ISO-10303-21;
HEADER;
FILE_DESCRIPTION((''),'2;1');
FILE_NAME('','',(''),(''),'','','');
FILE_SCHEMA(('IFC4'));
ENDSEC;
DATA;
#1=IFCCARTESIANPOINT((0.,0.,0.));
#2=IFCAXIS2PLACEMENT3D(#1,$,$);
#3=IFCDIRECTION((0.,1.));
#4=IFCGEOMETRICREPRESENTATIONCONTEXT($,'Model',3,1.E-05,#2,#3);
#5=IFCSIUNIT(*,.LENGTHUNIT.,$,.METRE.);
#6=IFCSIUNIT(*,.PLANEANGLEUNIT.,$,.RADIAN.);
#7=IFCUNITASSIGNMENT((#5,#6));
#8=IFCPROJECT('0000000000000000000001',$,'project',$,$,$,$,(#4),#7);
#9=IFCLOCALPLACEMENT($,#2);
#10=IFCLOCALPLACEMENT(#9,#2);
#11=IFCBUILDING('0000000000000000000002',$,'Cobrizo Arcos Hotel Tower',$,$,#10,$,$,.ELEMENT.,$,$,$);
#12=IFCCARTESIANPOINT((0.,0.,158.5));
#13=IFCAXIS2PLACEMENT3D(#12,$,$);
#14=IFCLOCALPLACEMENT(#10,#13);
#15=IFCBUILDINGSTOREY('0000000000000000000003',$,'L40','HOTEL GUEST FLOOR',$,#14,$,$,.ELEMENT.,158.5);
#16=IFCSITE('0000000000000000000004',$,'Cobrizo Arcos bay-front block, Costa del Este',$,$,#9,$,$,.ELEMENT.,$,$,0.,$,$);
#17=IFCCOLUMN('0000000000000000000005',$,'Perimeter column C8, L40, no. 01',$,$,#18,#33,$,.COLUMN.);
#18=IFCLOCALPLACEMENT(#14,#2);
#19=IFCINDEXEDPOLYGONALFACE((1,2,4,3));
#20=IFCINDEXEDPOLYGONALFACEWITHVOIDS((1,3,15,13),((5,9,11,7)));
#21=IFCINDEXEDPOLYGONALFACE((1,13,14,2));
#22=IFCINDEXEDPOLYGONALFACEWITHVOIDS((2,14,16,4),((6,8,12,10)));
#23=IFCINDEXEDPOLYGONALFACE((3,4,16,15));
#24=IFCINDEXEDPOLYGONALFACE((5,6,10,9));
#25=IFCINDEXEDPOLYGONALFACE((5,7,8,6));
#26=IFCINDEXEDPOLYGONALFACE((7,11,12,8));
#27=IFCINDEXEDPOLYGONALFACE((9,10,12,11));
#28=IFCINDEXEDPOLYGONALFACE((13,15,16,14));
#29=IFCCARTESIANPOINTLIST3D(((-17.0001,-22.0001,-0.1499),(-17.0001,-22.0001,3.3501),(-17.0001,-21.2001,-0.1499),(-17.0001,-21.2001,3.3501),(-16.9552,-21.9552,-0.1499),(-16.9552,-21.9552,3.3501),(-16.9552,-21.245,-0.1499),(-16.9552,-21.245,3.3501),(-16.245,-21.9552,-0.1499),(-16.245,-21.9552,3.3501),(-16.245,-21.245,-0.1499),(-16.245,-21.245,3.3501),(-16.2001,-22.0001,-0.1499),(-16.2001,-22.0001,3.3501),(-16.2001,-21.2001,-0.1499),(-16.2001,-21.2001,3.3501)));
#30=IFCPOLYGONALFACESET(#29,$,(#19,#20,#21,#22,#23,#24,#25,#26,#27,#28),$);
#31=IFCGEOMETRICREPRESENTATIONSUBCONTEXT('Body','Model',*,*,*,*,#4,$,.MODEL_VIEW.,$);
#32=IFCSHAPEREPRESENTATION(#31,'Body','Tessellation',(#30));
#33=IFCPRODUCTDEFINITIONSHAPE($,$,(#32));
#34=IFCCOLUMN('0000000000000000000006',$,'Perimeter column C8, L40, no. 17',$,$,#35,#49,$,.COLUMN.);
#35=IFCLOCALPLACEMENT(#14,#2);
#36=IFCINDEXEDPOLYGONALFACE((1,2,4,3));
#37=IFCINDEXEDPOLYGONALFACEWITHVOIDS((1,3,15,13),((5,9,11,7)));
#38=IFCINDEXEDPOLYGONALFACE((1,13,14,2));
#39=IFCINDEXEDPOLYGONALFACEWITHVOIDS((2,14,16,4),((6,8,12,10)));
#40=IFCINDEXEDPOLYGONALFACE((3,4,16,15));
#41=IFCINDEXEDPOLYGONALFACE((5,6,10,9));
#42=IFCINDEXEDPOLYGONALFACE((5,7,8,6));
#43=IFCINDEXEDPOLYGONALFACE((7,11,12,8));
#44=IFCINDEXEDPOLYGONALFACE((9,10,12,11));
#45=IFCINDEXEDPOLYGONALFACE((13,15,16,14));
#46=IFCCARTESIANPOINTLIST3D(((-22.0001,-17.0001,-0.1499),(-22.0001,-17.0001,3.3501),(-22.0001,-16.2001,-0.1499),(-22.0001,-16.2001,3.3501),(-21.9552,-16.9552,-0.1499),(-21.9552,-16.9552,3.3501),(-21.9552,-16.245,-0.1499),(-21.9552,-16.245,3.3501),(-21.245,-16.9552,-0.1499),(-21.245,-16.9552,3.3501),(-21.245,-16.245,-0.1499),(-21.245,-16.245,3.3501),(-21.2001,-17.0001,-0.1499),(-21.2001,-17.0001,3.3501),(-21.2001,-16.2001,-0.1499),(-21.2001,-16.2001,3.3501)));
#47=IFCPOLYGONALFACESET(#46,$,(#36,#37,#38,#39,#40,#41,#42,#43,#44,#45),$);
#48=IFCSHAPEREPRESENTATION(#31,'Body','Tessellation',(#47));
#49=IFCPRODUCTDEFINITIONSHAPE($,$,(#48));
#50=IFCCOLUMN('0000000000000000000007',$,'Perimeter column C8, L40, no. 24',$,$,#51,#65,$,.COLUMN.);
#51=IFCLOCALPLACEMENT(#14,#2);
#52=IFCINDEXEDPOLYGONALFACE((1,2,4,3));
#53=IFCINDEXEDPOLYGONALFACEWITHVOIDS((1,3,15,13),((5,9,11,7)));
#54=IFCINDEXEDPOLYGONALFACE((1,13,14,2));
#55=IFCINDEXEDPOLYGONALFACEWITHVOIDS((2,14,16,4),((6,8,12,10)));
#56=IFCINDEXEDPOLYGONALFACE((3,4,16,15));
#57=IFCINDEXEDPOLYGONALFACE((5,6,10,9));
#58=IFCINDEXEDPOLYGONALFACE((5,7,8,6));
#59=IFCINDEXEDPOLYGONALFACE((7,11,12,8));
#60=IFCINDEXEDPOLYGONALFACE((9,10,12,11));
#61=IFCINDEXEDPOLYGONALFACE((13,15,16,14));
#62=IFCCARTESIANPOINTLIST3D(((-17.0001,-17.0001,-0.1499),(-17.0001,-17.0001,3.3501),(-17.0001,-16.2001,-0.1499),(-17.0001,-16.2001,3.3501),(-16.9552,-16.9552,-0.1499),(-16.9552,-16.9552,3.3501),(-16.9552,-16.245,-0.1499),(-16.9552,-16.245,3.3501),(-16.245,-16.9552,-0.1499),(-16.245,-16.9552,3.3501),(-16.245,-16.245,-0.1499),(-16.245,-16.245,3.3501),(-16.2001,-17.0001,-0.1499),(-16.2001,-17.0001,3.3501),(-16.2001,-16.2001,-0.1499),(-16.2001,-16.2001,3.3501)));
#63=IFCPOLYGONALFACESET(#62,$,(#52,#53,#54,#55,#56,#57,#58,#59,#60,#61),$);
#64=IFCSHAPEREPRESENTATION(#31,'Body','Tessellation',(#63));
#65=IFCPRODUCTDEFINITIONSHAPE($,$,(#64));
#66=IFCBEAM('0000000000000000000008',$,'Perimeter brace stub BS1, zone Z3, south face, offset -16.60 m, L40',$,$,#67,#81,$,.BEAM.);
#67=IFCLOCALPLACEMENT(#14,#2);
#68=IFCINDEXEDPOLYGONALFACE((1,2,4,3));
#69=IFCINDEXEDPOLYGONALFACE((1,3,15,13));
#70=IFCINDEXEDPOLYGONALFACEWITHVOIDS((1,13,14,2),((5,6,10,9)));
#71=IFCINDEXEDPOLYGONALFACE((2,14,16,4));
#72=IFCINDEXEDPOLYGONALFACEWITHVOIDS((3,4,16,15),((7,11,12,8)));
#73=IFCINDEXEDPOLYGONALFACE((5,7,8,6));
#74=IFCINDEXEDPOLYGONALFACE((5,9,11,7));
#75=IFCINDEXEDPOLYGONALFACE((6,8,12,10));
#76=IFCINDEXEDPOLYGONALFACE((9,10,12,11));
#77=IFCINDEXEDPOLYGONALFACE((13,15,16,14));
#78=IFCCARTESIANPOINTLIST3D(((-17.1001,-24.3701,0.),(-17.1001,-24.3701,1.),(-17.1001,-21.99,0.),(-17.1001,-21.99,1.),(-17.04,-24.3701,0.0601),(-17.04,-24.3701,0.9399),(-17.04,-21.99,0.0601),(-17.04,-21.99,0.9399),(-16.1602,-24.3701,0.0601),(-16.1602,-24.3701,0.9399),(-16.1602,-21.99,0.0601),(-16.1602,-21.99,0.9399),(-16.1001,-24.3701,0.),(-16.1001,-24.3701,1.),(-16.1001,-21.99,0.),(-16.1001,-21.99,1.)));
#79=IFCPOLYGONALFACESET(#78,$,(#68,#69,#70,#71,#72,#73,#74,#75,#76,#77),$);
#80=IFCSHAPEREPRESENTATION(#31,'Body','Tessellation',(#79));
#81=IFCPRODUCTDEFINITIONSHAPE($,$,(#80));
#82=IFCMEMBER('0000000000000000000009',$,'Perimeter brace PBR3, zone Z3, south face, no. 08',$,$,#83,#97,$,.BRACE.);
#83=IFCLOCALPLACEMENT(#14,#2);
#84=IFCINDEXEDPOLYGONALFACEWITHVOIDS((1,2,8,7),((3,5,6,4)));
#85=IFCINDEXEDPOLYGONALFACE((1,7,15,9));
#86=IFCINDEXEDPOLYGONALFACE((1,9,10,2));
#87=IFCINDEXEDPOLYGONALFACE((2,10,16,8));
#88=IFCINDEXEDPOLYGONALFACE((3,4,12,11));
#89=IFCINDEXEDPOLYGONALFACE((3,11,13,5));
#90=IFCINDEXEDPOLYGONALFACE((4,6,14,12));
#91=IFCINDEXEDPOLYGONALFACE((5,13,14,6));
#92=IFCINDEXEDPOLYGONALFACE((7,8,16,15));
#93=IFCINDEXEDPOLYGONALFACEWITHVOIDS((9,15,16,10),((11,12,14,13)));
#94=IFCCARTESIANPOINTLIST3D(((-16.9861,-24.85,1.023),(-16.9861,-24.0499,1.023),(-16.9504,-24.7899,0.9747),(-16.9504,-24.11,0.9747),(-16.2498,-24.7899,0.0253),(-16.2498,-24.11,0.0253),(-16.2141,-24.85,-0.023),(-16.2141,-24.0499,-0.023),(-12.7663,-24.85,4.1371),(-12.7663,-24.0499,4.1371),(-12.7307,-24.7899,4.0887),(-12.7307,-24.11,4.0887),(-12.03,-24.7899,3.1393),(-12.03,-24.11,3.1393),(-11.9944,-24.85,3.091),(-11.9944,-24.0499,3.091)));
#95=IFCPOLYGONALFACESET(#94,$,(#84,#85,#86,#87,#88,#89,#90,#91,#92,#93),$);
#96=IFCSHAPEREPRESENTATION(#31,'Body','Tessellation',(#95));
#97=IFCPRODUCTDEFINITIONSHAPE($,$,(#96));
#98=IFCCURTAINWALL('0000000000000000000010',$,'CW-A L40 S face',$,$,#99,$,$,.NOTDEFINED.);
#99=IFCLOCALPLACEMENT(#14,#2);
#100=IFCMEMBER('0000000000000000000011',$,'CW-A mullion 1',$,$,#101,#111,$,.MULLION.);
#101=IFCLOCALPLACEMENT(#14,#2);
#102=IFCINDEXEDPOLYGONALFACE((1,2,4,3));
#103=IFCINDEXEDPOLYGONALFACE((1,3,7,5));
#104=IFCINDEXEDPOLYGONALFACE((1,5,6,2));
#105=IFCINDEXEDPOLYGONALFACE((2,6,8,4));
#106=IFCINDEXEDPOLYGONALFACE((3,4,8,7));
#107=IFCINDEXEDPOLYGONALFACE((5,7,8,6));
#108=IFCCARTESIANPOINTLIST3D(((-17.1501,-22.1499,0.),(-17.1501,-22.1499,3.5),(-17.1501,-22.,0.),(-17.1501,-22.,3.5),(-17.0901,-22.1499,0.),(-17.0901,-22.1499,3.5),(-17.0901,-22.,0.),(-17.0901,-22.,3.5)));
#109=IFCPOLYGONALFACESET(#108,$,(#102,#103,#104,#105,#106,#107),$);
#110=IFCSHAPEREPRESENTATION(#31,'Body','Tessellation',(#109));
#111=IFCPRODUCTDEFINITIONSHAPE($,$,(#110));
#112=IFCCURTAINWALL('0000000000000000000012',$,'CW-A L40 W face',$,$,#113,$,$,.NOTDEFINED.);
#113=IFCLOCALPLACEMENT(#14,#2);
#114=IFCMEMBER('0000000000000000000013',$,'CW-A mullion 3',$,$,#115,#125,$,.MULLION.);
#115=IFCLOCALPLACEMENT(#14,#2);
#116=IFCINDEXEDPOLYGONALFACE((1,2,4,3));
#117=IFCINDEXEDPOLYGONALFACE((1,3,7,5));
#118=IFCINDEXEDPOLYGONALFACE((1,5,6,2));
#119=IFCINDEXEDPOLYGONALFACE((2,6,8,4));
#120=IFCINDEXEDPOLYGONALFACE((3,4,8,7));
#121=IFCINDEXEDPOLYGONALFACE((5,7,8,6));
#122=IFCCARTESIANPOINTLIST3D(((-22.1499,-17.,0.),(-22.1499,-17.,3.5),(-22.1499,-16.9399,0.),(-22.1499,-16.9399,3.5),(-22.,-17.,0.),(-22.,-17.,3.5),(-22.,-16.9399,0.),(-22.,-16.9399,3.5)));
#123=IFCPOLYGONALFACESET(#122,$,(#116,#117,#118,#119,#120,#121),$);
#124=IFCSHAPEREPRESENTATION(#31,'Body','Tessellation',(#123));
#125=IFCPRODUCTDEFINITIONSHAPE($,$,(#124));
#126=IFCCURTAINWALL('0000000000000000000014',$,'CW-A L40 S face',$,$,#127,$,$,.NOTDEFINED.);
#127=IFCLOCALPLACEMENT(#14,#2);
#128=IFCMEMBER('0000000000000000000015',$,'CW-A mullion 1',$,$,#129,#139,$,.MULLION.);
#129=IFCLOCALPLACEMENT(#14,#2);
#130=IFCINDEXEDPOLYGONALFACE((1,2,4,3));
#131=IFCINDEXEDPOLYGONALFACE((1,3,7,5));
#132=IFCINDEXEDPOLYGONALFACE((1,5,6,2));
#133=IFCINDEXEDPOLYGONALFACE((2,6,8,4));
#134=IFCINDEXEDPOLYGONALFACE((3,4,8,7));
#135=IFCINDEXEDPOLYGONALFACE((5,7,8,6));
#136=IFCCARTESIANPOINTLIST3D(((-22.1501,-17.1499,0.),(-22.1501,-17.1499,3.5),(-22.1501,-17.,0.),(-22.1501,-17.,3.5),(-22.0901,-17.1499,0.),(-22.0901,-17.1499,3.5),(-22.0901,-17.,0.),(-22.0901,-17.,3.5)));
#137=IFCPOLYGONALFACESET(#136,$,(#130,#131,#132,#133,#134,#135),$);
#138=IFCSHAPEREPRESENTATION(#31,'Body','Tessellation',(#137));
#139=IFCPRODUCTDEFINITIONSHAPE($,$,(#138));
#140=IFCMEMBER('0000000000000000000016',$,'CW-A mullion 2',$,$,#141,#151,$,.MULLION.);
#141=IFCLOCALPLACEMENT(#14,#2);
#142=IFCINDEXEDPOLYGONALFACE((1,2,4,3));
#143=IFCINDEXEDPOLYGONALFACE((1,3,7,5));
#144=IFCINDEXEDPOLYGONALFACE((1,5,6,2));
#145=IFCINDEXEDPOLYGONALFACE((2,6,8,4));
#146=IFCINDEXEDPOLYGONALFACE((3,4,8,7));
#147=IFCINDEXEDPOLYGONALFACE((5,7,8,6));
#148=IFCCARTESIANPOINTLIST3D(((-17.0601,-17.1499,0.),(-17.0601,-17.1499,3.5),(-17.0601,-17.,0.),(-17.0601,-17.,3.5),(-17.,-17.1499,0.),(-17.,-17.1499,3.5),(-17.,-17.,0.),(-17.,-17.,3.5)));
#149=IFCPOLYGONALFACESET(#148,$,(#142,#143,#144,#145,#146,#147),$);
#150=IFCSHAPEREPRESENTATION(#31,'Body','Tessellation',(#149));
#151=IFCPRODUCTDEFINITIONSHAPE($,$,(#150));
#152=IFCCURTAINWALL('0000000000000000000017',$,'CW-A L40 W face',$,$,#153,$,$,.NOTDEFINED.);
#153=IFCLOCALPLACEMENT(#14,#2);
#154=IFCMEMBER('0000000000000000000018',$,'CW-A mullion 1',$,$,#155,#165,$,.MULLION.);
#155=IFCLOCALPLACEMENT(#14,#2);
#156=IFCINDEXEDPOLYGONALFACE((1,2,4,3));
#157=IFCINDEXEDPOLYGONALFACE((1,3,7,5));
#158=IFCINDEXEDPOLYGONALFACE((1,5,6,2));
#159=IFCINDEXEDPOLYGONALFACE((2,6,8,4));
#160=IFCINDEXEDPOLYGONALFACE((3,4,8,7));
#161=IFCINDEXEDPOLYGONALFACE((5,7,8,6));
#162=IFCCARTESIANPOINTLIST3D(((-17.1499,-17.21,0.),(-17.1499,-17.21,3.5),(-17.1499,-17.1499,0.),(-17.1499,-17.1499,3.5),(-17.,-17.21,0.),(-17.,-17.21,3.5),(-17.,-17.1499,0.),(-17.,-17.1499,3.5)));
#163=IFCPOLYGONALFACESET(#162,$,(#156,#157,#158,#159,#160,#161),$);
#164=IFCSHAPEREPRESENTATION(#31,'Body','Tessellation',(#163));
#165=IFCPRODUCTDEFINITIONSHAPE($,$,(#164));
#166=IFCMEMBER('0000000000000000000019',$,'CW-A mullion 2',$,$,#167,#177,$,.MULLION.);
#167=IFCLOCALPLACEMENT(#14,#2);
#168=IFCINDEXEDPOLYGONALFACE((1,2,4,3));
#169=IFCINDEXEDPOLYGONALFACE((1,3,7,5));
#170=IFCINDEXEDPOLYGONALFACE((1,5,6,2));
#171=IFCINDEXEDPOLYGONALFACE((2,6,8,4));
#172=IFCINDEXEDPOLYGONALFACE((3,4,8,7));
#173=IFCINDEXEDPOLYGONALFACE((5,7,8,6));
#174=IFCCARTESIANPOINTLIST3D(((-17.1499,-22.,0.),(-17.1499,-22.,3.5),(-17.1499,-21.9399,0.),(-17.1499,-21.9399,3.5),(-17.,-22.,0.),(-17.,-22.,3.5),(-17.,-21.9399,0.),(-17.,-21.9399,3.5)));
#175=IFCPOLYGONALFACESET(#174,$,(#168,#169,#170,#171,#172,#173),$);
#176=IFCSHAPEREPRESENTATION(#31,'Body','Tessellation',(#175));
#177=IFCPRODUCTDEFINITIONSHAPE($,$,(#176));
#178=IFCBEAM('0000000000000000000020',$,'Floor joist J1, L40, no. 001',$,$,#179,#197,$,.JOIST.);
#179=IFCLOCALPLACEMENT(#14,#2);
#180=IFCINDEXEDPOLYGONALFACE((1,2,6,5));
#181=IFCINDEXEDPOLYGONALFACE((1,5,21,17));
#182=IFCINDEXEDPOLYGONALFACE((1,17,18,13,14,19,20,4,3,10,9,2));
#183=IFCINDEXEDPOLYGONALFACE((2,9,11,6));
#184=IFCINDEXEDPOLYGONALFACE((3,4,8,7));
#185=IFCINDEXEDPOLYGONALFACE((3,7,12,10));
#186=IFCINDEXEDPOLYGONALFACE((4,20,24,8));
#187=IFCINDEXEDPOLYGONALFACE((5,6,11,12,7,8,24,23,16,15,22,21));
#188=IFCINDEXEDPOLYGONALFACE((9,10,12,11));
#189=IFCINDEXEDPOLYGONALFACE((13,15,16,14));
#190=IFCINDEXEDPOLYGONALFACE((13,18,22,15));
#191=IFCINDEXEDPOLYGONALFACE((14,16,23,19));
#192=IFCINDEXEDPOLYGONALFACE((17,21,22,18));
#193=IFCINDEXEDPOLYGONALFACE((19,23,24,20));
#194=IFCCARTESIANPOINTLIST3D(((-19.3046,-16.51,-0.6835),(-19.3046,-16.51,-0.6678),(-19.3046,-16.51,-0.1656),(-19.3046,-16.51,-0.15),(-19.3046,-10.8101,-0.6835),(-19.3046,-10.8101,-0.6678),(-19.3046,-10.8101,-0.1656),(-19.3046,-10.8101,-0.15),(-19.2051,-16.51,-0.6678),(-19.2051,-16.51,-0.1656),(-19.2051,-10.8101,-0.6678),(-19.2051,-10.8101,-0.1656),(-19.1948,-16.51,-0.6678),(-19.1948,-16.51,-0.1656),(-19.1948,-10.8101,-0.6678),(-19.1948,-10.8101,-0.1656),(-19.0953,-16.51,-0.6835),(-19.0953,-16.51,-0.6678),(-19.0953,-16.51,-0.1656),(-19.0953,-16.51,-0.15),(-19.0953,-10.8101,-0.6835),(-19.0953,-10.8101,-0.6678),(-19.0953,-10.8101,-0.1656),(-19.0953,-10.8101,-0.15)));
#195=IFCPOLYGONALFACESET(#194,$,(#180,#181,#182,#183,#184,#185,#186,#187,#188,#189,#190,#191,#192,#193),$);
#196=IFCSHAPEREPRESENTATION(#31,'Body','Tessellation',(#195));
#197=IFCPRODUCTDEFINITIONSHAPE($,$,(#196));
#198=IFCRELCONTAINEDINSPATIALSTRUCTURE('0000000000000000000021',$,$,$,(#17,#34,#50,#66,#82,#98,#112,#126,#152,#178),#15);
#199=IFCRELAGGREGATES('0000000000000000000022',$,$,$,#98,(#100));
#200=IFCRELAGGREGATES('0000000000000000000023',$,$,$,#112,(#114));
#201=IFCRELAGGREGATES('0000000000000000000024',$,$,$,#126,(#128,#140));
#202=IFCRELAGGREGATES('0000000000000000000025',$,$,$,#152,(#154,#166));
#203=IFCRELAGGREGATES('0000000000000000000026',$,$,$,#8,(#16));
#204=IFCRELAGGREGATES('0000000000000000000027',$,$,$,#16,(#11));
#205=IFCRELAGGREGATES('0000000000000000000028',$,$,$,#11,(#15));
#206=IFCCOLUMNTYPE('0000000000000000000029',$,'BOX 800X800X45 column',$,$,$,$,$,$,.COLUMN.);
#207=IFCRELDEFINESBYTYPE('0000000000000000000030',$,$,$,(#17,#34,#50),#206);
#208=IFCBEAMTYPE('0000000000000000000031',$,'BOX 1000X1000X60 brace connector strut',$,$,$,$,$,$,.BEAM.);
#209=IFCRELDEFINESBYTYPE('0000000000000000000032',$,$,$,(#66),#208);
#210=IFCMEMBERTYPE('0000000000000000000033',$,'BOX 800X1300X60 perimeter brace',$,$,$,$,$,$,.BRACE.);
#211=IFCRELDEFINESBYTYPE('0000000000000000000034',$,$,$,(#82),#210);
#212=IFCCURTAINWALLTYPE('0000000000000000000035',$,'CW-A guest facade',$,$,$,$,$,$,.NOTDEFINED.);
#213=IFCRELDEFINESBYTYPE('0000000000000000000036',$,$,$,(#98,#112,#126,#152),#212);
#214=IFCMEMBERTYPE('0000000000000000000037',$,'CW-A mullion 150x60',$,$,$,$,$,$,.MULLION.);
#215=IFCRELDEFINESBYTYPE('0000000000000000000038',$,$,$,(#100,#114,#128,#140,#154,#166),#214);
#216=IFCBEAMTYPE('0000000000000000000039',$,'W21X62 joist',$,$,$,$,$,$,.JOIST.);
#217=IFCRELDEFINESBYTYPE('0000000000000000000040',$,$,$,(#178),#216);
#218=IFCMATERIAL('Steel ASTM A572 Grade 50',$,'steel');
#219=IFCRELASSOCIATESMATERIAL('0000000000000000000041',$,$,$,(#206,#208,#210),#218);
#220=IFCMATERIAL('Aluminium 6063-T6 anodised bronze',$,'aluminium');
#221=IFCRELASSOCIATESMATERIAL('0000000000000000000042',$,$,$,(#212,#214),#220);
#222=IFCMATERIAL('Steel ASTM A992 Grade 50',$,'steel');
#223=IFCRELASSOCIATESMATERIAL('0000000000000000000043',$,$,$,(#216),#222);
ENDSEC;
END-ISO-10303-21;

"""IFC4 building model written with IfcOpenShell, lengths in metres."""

from ifc_helpers import new_model, si_unit, direction, frame, origin, origin_2d, place, context, subcontext, project, spatial, rectangle, hollow_rectangle, i_section, extrude, material, material_profile, profile_set, type_object, element, aggregate, save


model = new_model("IFC4")

# Units and contexts
model_context = context("Model", 3, precision=1e-05, world=origin(), true_north=direction((0.0, 1.0)))
body_context = subcontext(model_context, "Body", "Model", "MODEL_VIEW")
ifc_project = project(units=[si_unit("LENGTHUNIT", "METRE"), si_unit("PLANEANGLEUNIT", "RADIAN")], contexts=[model_context])

# Site, building, storey
site_placement = place(None, origin())
site = spatial("IfcSite", under=ifc_project, at=site_placement, Name="Cobrizo Arcos bay-front block, Costa del Este", CompositionType="ELEMENT", RefElevation=0.0)
building_placement = place(site_placement, origin())
building = spatial("IfcBuilding", under=site, at=building_placement, Name="Cobrizo Arcos Hotel Tower", CompositionType="ELEMENT")
storey_placement = place(building_placement, frame((0.0, 0.0, 158.5)))
storey = spatial("IfcBuildingStorey", under=building, at=storey_placement, Name="L40", Description="HOTEL GUEST FLOOR", CompositionType="ELEMENT", Elevation=158.5)

# Columns
ifc_material_1 = material(Name="Steel ASTM A572 Grade 50", Category="steel")
ifc_material_profile_1 = material_profile(ifc_material_1, hollow_rectangle(XDim=0.8, YDim=0.8, WallThickness=0.0449, at=origin_2d()), Name="BOX 800X800X45")
ifc_profile_set_1 = profile_set([ifc_material_profile_1], Name="Steel ASTM A572 Grade 50")
column_type = type_object("IfcColumnType", Name="BOX 800X800X45 column", PredefinedType="COLUMN", material=ifc_profile_set_1)
for number, where, z_axis, x_axis, name in (
    (1, (-16.6001, -21.6001, -0.1499), (0.0, 0.0, 1.0), (1.0, 0.0, 0.0), "Perimeter column C8, L40, no. 01"),
    (2, (-21.6001, -16.6001, -0.1499), (0.0, 0.0, 1.0), (1.0, 0.0, 0.0), "Perimeter column C8, L40, no. 17"),
    (3, (-16.6001, -16.6001, -0.1499), (0.0, 0.0, 1.0), (1.0, 0.0, 0.0), "Perimeter column C8, L40, no. 24"),
):
    element("IfcColumn", number, at=place(storey_placement, frame(where, z_axis=z_axis, x_axis=x_axis)), inside=storey, type_object=column_type, Name=name, PredefinedType="COLUMN", context=body_context, shape_type="SweptSolid", body=[
        extrude(hollow_rectangle(XDim=0.8, YDim=0.8, WallThickness=0.0449, at=origin_2d()), origin(), (0.0, 0.0, 1.0), 3.5),
    ])

# Beam
ifc_material_profile_2 = material_profile(ifc_material_1, hollow_rectangle(XDim=1.0, YDim=1.0, WallThickness=0.0601, at=origin_2d()), Name="BOX 1000X1000X60")
ifc_profile_set_2 = profile_set([ifc_material_profile_2], Name="Steel ASTM A572 Grade 50")
beam_type_1 = type_object("IfcBeamType", Name="BOX 1000X1000X60 brace connector strut", PredefinedType="BEAM", material=ifc_profile_set_2)
beam_1_placement = place(storey_placement, frame((-16.6001, -21.99, 0.5), z_axis=(0.0, -1.0, 0.0), x_axis=(1.0, 0.0, 0.0)))
element("IfcBeam", 4, at=beam_1_placement, inside=storey, type_object=beam_type_1, Name="Perimeter brace stub BS1, zone Z3, south face, offset -16.60 m, L40", PredefinedType="BEAM", context=body_context, shape_type="SweptSolid", body=[
    extrude(hollow_rectangle(XDim=1.0, YDim=1.0, WallThickness=0.0601, at=origin_2d()), origin(), (0.0, 0.0, 1.0), 2.3801),
])

# Member
ifc_material_profile_3 = material_profile(ifc_material_1, hollow_rectangle(XDim=0.8, YDim=1.3, WallThickness=0.0601, at=origin_2d()), Name="BOX 800X1300X60")
ifc_profile_set_3 = profile_set([ifc_material_profile_3], Name="Steel ASTM A572 Grade 50")
member_type_1 = type_object("IfcMemberType", Name="BOX 800X1300X60 perimeter brace", PredefinedType="BRACE", material=ifc_profile_set_3)
member_1_placement = place(storey_placement, frame((-16.6001, -24.45, 0.5), z_axis=(0.804624, 0.0, 0.593785), x_axis=(0.0, 1.0, 0.0)))
element("IfcMember", 5, at=member_1_placement, inside=storey, type_object=member_type_1, Name="Perimeter brace PBR3, zone Z3, south face, no. 08", PredefinedType="BRACE", context=body_context, shape_type="SweptSolid", body=[
    extrude(hollow_rectangle(XDim=0.8, YDim=1.3, WallThickness=0.0601, at=origin_2d()), origin(), (0.0, 0.0, 1.0), 5.2444),
])

# Curtain walls, members
ifc_material_2 = material(Name="Aluminium 6063-T6 anodised bronze", Category="aluminium")
curtain_wall_type = type_object("IfcCurtainWallType", Name="CW-A guest facade", PredefinedType="NOTDEFINED", material=ifc_material_2)
curtain_wall_1_placement = place(storey_placement, origin())
curtain_wall_1 = element("IfcCurtainWall", 6, at=curtain_wall_1_placement, inside=storey, type_object=curtain_wall_type, Name="CW-A L40 S face", PredefinedType="NOTDEFINED")
ifc_material_profile_4 = material_profile(ifc_material_2, rectangle(XDim=0.1499, YDim=0.0601, at=origin_2d()), Name="CW-A mullion 150x60")
ifc_profile_set_4 = profile_set([ifc_material_profile_4], Name="Aluminium 6063-T6 anodised bronze")
member_type_2 = type_object("IfcMemberType", Name="CW-A mullion 150x60", PredefinedType="MULLION", material=ifc_profile_set_4)
member_2_placement = place(storey_placement, frame((-17.1201, -22.075, 0.0), z_axis=(0.0, 0.0, 1.0), x_axis=(0.0, -1.0, 0.0)))
member_2 = element("IfcMember", 7, at=member_2_placement, type_object=member_type_2, Name="CW-A mullion 1", PredefinedType="MULLION", context=body_context, shape_type="SweptSolid", body=[
    extrude(rectangle(XDim=0.1499, YDim=0.0601, at=origin_2d()), origin(), (0.0, 0.0, 1.0), 3.5),
])
curtain_wall_2_placement = place(storey_placement, origin())
curtain_wall_2 = element("IfcCurtainWall", 8, at=curtain_wall_2_placement, inside=storey, type_object=curtain_wall_type, Name="CW-A L40 W face", PredefinedType="NOTDEFINED")
member_3_placement = place(storey_placement, frame((-22.075, -16.97, 0.0), z_axis=(0.0, 0.0, 1.0), x_axis=(-1.0, 0.0, 0.0)))
member_3 = element("IfcMember", 9, at=member_3_placement, type_object=member_type_2, Name="CW-A mullion 3", PredefinedType="MULLION", context=body_context, shape_type="SweptSolid", body=[
    extrude(rectangle(XDim=0.1499, YDim=0.0601, at=origin_2d()), origin(), (0.0, 0.0, 1.0), 3.5),
])

# Curtain walls, members
curtain_wall_3_placement = place(storey_placement, origin())
curtain_wall_3 = element("IfcCurtainWall", 10, at=curtain_wall_3_placement, inside=storey, type_object=curtain_wall_type, Name="CW-A L40 S face", PredefinedType="NOTDEFINED")
member_4_placement = place(storey_placement, frame((-22.1201, -17.075, 0.0), z_axis=(0.0, 0.0, 1.0), x_axis=(0.0, -1.0, 0.0)))
member_4 = element("IfcMember", 11, at=member_4_placement, type_object=member_type_2, Name="CW-A mullion 1", PredefinedType="MULLION", context=body_context, shape_type="SweptSolid", body=[
    extrude(rectangle(XDim=0.1499, YDim=0.0601, at=origin_2d()), origin(), (0.0, 0.0, 1.0), 3.5),
])
member_5_placement = place(storey_placement, frame((-17.03, -17.075, 0.0), z_axis=(0.0, 0.0, 1.0), x_axis=(0.0, -1.0, 0.0)))
member_5 = element("IfcMember", 12, at=member_5_placement, type_object=member_type_2, Name="CW-A mullion 2", PredefinedType="MULLION", context=body_context, shape_type="SweptSolid", body=[
    extrude(rectangle(XDim=0.1499, YDim=0.0601, at=origin_2d()), origin(), (0.0, 0.0, 1.0), 3.5),
])
curtain_wall_4_placement = place(storey_placement, origin())
curtain_wall_4 = element("IfcCurtainWall", 13, at=curtain_wall_4_placement, inside=storey, type_object=curtain_wall_type, Name="CW-A L40 W face", PredefinedType="NOTDEFINED")
member_6_placement = place(storey_placement, frame((-17.075, -17.1799, 0.0), z_axis=(0.0, 0.0, 1.0), x_axis=(-1.0, 0.0, 0.0)))
member_6 = element("IfcMember", 14, at=member_6_placement, type_object=member_type_2, Name="CW-A mullion 1", PredefinedType="MULLION", context=body_context, shape_type="SweptSolid", body=[
    extrude(rectangle(XDim=0.1499, YDim=0.0601, at=origin_2d()), origin(), (0.0, 0.0, 1.0), 3.5),
])
member_7_placement = place(storey_placement, frame((-17.075, -21.97, 0.0), z_axis=(0.0, 0.0, 1.0), x_axis=(-1.0, 0.0, 0.0)))
member_7 = element("IfcMember", 15, at=member_7_placement, type_object=member_type_2, Name="CW-A mullion 2", PredefinedType="MULLION", context=body_context, shape_type="SweptSolid", body=[
    extrude(rectangle(XDim=0.1499, YDim=0.0601, at=origin_2d()), origin(), (0.0, 0.0, 1.0), 3.5),
])

# Beam
ifc_material_3 = material(Name="Steel ASTM A992 Grade 50", Category="steel")
ifc_material_profile_5 = material_profile(ifc_material_3, i_section(OverallWidth=0.2092, OverallDepth=0.5334, WebThickness=0.0103, FlangeThickness=0.0156, at=origin_2d()), Name="W21X62")
ifc_profile_set_5 = profile_set([ifc_material_profile_5], Name="Steel ASTM A992 Grade 50")
beam_type_2 = type_object("IfcBeamType", Name="W21X62 joist", PredefinedType="JOIST", material=ifc_profile_set_5)
beam_2_placement = place(storey_placement, frame((-19.2, -16.51, -0.4167), z_axis=(0.0, 1.0, 0.0), x_axis=(-1.0, 0.0, 0.0)))
element("IfcBeam", 16, at=beam_2_placement, inside=storey, type_object=beam_type_2, Name="Floor joist J1, L40, no. 001", PredefinedType="JOIST", context=body_context, shape_type="SweptSolid", body=[
    extrude(i_section(OverallWidth=0.2092, OverallDepth=0.5334, WebThickness=0.0103, FlangeThickness=0.0156, at=origin_2d()), origin(), (0.0, 0.0, 1.0), 5.7),
])

aggregate(curtain_wall_1, [member_2])
aggregate(curtain_wall_2, [member_3])
aggregate(curtain_wall_3, [member_4, member_5])
aggregate(curtain_wall_4, [member_6, member_7])

save(model, "model.ifc")
